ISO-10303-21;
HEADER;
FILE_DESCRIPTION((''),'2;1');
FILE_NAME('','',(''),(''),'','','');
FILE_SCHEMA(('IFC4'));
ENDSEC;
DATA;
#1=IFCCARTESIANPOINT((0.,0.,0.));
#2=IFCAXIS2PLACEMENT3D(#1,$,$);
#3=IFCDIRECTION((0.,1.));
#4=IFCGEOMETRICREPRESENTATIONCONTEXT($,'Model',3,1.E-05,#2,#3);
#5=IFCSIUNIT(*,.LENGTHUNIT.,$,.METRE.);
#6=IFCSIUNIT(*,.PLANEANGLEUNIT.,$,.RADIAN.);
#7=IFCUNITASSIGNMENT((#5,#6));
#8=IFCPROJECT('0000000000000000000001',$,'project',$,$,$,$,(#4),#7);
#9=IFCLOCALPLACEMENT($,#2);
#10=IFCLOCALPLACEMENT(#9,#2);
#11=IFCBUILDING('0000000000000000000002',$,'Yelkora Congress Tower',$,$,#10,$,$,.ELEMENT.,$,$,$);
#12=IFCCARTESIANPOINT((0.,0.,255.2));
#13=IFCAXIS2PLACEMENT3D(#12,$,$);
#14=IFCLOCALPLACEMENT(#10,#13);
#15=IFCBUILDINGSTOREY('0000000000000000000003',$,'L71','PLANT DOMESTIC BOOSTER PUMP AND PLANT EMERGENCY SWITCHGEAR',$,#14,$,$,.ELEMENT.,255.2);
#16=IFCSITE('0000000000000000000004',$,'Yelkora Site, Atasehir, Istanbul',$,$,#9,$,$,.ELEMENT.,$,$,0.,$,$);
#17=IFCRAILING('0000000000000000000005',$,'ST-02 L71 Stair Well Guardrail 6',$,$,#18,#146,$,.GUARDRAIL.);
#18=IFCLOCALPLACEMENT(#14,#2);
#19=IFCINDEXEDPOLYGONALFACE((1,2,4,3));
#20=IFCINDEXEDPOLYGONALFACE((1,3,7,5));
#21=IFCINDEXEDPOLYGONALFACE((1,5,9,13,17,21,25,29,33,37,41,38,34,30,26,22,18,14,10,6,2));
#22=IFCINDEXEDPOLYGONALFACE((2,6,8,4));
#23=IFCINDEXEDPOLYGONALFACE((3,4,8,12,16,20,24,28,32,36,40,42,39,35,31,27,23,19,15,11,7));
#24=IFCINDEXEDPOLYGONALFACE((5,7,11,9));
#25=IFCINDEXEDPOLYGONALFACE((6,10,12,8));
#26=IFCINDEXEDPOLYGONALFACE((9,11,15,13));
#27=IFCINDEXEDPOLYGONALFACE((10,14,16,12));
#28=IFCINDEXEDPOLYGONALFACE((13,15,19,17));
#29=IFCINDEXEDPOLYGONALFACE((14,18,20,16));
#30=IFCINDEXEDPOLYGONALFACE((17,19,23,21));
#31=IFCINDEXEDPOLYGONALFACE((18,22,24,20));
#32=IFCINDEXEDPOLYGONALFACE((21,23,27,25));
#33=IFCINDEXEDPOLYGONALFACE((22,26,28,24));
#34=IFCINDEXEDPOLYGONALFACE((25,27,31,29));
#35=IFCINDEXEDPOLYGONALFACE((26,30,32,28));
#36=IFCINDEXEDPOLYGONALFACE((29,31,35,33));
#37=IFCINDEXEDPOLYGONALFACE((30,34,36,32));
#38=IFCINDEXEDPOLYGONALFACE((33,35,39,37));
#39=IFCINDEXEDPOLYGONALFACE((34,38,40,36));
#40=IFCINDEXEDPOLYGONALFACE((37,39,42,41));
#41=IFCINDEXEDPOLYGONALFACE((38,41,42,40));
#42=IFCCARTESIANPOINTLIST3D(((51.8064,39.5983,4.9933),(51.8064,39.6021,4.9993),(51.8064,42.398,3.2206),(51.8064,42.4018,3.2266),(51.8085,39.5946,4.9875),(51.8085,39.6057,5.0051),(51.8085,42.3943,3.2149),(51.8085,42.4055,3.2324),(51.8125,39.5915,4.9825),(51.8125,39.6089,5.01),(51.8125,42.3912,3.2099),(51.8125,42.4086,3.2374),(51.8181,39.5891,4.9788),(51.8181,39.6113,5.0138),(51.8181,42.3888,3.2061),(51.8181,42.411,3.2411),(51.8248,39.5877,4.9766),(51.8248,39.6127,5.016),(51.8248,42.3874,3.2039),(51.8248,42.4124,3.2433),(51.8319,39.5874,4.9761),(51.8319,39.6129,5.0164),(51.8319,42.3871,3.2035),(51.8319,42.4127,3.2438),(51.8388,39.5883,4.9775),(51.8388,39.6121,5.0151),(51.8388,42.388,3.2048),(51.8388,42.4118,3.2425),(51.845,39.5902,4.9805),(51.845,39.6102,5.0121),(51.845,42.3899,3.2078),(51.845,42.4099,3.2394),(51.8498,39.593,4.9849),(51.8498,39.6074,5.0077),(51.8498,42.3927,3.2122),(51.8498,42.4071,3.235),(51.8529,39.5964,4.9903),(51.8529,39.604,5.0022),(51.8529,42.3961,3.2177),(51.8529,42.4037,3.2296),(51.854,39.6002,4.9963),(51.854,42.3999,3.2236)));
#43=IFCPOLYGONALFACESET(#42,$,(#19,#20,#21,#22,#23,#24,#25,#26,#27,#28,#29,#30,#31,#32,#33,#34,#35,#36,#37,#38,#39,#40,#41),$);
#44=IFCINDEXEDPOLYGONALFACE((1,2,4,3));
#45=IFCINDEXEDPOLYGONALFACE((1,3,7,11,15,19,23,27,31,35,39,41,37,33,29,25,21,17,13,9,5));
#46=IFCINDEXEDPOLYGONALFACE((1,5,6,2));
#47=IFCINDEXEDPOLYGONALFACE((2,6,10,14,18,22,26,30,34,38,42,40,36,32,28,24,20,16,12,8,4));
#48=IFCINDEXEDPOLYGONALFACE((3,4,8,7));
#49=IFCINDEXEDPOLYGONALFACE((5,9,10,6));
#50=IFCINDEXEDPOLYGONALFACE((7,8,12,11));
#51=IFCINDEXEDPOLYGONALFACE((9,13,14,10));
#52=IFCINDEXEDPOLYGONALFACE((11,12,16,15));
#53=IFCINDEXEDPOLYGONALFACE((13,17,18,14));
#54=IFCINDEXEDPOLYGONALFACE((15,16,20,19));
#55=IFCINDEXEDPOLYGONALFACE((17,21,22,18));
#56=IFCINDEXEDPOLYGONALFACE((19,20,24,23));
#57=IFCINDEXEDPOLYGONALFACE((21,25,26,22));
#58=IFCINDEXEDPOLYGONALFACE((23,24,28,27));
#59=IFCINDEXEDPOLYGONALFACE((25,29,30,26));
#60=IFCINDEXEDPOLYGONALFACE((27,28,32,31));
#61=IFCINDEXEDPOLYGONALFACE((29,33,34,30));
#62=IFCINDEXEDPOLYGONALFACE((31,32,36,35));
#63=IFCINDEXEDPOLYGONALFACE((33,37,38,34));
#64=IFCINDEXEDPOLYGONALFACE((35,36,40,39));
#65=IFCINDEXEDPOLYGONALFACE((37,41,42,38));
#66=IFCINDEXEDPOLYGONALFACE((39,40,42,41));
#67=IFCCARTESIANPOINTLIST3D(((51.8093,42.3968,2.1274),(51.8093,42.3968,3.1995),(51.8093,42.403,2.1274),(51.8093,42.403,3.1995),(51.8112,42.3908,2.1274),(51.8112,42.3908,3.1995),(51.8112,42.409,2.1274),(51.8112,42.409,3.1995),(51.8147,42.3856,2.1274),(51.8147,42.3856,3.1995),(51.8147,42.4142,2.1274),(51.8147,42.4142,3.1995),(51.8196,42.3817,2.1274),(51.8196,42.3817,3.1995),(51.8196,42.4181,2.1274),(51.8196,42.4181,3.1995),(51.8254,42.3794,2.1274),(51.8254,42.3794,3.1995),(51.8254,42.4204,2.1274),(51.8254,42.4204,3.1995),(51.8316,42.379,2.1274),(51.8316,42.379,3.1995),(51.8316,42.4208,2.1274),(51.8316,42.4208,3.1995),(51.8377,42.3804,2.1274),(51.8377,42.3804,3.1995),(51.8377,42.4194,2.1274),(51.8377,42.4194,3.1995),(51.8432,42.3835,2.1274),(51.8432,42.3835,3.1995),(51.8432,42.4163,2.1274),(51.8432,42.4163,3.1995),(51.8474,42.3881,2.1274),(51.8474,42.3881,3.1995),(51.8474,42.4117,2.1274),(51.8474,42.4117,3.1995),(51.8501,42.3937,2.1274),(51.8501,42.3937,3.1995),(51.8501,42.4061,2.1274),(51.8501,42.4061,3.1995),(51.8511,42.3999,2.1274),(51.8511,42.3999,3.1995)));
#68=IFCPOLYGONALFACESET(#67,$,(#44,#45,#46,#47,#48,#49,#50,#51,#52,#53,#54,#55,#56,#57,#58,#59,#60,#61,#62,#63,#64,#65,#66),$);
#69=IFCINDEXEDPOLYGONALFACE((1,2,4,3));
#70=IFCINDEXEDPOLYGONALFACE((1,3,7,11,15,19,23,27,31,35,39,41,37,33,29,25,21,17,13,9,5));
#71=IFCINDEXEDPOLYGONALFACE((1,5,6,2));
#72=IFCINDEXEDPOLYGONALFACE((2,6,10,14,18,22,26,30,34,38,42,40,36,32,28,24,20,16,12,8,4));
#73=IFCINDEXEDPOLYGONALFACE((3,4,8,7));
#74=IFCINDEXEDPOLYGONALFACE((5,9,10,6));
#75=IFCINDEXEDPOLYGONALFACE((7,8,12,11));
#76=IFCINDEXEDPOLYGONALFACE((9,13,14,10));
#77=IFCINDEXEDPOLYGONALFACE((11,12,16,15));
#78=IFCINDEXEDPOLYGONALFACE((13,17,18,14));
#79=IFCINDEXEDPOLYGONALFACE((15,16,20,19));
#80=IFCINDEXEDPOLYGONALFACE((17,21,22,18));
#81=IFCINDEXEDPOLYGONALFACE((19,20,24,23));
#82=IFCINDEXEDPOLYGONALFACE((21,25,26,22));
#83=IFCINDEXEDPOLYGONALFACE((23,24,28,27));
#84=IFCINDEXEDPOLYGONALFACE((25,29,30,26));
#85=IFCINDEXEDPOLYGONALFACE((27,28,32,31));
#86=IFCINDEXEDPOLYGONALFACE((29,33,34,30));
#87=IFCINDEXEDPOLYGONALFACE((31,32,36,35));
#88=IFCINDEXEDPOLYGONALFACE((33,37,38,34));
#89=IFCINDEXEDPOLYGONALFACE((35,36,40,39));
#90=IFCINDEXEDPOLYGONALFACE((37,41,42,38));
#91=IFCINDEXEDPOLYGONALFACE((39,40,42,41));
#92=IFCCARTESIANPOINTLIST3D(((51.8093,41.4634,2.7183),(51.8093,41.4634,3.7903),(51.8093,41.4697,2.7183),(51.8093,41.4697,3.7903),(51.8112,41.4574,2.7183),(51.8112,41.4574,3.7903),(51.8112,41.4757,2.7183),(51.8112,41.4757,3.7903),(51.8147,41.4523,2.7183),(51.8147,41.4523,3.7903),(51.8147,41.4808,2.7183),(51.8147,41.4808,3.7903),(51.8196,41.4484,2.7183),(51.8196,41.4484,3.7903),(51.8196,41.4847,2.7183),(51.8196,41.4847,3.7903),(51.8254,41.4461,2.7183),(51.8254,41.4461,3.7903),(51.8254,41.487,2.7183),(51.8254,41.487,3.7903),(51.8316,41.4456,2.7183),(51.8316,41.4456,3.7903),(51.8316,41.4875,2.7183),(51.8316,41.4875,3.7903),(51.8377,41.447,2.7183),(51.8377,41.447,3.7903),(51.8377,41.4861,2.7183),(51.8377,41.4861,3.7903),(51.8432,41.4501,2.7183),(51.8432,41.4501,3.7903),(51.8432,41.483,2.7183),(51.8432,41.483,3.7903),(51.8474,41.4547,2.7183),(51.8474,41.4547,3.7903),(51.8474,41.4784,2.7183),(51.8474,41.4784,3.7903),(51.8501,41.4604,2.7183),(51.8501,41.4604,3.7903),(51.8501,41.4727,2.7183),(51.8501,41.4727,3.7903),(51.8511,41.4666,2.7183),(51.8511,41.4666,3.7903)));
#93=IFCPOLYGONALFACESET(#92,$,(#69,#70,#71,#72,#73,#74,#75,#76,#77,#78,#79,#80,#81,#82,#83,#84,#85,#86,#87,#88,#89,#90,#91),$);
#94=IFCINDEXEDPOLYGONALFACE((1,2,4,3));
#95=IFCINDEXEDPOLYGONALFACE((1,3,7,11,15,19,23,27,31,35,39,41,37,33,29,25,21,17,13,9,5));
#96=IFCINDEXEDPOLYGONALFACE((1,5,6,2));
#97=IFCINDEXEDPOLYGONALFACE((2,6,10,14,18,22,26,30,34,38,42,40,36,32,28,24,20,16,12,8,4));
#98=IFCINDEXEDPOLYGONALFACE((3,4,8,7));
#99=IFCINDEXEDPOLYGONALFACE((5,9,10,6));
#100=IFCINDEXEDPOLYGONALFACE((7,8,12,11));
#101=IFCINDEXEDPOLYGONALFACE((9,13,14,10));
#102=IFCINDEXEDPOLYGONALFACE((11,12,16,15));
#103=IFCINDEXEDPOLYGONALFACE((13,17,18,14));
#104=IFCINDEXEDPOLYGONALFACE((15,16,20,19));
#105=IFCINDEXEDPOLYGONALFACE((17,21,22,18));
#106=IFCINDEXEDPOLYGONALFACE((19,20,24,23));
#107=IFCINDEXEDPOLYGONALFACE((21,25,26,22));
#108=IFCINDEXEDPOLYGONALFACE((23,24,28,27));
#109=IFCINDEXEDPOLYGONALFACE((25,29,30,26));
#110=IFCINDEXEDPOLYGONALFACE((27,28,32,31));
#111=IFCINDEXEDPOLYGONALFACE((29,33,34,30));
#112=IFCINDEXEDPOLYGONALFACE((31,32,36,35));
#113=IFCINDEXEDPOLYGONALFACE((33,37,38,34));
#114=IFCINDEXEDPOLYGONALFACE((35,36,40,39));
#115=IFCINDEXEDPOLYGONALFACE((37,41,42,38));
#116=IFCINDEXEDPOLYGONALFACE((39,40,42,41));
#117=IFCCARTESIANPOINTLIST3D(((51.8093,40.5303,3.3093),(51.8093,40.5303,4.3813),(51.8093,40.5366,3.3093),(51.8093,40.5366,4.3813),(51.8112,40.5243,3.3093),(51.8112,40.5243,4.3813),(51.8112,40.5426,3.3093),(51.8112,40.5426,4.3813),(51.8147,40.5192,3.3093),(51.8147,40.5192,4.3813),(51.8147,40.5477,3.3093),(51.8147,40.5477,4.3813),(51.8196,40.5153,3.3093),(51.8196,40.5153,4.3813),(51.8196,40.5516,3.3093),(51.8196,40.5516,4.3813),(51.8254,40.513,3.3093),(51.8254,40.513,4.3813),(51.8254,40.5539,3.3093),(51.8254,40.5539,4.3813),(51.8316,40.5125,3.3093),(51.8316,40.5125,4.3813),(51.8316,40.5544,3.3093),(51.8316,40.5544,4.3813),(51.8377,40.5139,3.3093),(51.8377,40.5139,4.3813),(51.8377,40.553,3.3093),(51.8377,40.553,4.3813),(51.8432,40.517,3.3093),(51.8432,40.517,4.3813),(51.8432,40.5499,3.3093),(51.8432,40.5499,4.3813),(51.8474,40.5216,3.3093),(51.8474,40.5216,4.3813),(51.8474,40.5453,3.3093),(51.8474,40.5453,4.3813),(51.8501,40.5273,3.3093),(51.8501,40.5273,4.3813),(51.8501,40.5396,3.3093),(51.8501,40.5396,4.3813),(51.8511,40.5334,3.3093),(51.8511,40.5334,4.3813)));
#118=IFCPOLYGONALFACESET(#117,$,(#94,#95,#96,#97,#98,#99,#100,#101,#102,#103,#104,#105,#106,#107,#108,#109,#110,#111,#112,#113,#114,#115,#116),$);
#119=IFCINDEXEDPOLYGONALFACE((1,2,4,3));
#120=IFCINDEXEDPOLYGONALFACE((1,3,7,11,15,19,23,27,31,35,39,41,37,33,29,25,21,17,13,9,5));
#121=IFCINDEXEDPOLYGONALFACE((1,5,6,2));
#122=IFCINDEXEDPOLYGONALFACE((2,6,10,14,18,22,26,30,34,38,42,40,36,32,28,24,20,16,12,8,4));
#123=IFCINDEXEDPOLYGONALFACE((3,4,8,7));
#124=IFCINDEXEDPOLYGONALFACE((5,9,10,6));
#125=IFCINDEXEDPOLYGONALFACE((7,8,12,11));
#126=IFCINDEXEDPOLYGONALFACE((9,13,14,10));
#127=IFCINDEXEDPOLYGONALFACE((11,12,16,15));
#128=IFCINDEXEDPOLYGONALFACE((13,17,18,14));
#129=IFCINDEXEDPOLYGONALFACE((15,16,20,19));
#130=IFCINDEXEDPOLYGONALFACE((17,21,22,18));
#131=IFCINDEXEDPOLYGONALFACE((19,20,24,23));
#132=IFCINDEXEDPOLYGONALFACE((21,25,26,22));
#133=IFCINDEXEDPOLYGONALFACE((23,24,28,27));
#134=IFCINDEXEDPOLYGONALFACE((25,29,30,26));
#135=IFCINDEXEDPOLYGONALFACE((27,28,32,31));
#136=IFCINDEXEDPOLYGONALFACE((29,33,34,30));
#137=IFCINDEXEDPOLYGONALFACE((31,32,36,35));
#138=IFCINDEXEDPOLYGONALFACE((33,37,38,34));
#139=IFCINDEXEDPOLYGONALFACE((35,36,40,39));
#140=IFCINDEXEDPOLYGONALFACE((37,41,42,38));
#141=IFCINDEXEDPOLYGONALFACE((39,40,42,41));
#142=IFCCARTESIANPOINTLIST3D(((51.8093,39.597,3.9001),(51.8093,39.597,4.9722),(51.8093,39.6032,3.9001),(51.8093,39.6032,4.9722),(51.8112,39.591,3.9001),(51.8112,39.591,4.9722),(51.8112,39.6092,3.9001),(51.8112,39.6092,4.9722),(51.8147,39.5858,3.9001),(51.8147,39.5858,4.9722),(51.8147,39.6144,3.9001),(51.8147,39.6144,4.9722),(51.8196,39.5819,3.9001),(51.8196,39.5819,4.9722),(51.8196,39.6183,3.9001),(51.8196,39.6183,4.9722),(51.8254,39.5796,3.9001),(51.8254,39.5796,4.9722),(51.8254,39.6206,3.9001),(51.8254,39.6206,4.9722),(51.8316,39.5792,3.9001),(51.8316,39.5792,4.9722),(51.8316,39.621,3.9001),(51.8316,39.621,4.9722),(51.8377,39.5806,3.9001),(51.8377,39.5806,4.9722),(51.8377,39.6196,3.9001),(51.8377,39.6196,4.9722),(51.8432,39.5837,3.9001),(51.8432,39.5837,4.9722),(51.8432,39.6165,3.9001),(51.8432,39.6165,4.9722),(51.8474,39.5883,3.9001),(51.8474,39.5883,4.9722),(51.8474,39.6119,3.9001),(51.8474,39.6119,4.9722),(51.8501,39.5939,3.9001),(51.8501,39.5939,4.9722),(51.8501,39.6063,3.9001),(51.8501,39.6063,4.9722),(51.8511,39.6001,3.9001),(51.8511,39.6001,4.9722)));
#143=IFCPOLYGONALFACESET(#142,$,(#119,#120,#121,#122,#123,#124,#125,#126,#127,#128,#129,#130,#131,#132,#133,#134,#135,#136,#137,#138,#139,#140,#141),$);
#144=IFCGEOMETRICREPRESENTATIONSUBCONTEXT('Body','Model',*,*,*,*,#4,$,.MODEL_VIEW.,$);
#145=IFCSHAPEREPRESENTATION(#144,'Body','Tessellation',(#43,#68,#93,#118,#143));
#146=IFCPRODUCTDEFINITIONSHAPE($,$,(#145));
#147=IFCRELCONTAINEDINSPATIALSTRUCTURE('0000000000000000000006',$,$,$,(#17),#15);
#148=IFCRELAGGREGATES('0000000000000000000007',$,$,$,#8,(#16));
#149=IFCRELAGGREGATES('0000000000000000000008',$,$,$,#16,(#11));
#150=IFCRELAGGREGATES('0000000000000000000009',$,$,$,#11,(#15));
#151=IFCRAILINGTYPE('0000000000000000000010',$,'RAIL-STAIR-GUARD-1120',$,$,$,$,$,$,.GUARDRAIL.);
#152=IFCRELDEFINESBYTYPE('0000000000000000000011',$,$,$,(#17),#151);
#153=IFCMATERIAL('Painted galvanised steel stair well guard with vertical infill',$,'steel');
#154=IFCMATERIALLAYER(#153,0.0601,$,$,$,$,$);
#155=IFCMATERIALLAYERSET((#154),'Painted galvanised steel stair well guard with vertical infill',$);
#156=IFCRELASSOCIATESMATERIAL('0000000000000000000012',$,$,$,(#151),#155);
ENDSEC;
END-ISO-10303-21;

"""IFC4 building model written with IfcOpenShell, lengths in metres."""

from ifc_helpers import new_model, si_unit, direction, frame, origin, origin_2d, place, context, subcontext, project, spatial, circle, extrude, material, layer, layer_set, type_object, element, save


model = new_model("IFC4")

# Units and contexts
model_context = context("Model", 3, precision=1e-05, world=origin(), true_north=direction((0.0, 1.0)))
body_context = subcontext(model_context, "Body", "Model", "MODEL_VIEW")
ifc_project = project(units=[si_unit("LENGTHUNIT", "METRE"), si_unit("PLANEANGLEUNIT", "RADIAN")], contexts=[model_context])

# Site, building, storey
site_placement = place(None, origin())
site = spatial("IfcSite", under=ifc_project, at=site_placement, Name="Yelkora Site, Atasehir, Istanbul", CompositionType="ELEMENT", RefElevation=0.0)
building_placement = place(site_placement, origin())
building = spatial("IfcBuilding", under=site, at=building_placement, Name="Yelkora Congress Tower", CompositionType="ELEMENT")
storey_placement = place(building_placement, frame((0.0, 0.0, 255.2)))
storey = spatial("IfcBuildingStorey", under=building, at=storey_placement, Name="L71", Description="PLANT DOMESTIC BOOSTER PUMP AND PLANT EMERGENCY SWITCHGEAR", CompositionType="ELEMENT", Elevation=255.2)

# Railing
ifc_material_1 = material(Name="Painted galvanised steel stair well guard with vertical infill", Category="steel")
ifc_layer_1 = layer(ifc_material_1, 0.0601)
ifc_layer_set_1 = layer_set([ifc_layer_1], Name="Painted galvanised steel stair well guard with vertical infill")
railing_type_1 = type_object("IfcRailingType", Name="RAIL-STAIR-GUARD-1120", PredefinedType="GUARDRAIL", material=ifc_layer_set_1)
railing_1_placement = place(storey_placement, frame((51.8301, 42.3999, 2.1274)))
element("IfcRailing", 1, at=railing_1_placement, inside=storey, type_object=railing_type_1, Name="ST-02 L71 Stair Well Guardrail 6", PredefinedType="GUARDRAIL", context=body_context, shape_type="SweptSolid", body=[
    extrude(circle(Radius=0.0239, at=origin_2d()), frame((0.0, 0.0, 1.0962), z_axis=(0.0, -0.844888, 0.534943), x_axis=(1.0, 0.0, 0.0)), (0.0, 0.0, 1.0), 3.3137),
    extrude(circle(Radius=0.021, at=origin_2d()), origin(), (0.0, 0.0, 1.0), 1.072),
    extrude(circle(Radius=0.021, at=origin_2d()), frame((0.0, -0.9333, 0.5908)), (0.0, 0.0, 1.0), 1.072),
    extrude(circle(Radius=0.021, at=origin_2d()), frame((0.0, -1.8665, 1.1819)), (0.0, 0.0, 1.0), 1.072),
    extrude(circle(Radius=0.021, at=origin_2d()), frame((0.0, -2.7998, 1.7727)), (0.0, 0.0, 1.0), 1.072),
])

save(model, "model.ifc")
